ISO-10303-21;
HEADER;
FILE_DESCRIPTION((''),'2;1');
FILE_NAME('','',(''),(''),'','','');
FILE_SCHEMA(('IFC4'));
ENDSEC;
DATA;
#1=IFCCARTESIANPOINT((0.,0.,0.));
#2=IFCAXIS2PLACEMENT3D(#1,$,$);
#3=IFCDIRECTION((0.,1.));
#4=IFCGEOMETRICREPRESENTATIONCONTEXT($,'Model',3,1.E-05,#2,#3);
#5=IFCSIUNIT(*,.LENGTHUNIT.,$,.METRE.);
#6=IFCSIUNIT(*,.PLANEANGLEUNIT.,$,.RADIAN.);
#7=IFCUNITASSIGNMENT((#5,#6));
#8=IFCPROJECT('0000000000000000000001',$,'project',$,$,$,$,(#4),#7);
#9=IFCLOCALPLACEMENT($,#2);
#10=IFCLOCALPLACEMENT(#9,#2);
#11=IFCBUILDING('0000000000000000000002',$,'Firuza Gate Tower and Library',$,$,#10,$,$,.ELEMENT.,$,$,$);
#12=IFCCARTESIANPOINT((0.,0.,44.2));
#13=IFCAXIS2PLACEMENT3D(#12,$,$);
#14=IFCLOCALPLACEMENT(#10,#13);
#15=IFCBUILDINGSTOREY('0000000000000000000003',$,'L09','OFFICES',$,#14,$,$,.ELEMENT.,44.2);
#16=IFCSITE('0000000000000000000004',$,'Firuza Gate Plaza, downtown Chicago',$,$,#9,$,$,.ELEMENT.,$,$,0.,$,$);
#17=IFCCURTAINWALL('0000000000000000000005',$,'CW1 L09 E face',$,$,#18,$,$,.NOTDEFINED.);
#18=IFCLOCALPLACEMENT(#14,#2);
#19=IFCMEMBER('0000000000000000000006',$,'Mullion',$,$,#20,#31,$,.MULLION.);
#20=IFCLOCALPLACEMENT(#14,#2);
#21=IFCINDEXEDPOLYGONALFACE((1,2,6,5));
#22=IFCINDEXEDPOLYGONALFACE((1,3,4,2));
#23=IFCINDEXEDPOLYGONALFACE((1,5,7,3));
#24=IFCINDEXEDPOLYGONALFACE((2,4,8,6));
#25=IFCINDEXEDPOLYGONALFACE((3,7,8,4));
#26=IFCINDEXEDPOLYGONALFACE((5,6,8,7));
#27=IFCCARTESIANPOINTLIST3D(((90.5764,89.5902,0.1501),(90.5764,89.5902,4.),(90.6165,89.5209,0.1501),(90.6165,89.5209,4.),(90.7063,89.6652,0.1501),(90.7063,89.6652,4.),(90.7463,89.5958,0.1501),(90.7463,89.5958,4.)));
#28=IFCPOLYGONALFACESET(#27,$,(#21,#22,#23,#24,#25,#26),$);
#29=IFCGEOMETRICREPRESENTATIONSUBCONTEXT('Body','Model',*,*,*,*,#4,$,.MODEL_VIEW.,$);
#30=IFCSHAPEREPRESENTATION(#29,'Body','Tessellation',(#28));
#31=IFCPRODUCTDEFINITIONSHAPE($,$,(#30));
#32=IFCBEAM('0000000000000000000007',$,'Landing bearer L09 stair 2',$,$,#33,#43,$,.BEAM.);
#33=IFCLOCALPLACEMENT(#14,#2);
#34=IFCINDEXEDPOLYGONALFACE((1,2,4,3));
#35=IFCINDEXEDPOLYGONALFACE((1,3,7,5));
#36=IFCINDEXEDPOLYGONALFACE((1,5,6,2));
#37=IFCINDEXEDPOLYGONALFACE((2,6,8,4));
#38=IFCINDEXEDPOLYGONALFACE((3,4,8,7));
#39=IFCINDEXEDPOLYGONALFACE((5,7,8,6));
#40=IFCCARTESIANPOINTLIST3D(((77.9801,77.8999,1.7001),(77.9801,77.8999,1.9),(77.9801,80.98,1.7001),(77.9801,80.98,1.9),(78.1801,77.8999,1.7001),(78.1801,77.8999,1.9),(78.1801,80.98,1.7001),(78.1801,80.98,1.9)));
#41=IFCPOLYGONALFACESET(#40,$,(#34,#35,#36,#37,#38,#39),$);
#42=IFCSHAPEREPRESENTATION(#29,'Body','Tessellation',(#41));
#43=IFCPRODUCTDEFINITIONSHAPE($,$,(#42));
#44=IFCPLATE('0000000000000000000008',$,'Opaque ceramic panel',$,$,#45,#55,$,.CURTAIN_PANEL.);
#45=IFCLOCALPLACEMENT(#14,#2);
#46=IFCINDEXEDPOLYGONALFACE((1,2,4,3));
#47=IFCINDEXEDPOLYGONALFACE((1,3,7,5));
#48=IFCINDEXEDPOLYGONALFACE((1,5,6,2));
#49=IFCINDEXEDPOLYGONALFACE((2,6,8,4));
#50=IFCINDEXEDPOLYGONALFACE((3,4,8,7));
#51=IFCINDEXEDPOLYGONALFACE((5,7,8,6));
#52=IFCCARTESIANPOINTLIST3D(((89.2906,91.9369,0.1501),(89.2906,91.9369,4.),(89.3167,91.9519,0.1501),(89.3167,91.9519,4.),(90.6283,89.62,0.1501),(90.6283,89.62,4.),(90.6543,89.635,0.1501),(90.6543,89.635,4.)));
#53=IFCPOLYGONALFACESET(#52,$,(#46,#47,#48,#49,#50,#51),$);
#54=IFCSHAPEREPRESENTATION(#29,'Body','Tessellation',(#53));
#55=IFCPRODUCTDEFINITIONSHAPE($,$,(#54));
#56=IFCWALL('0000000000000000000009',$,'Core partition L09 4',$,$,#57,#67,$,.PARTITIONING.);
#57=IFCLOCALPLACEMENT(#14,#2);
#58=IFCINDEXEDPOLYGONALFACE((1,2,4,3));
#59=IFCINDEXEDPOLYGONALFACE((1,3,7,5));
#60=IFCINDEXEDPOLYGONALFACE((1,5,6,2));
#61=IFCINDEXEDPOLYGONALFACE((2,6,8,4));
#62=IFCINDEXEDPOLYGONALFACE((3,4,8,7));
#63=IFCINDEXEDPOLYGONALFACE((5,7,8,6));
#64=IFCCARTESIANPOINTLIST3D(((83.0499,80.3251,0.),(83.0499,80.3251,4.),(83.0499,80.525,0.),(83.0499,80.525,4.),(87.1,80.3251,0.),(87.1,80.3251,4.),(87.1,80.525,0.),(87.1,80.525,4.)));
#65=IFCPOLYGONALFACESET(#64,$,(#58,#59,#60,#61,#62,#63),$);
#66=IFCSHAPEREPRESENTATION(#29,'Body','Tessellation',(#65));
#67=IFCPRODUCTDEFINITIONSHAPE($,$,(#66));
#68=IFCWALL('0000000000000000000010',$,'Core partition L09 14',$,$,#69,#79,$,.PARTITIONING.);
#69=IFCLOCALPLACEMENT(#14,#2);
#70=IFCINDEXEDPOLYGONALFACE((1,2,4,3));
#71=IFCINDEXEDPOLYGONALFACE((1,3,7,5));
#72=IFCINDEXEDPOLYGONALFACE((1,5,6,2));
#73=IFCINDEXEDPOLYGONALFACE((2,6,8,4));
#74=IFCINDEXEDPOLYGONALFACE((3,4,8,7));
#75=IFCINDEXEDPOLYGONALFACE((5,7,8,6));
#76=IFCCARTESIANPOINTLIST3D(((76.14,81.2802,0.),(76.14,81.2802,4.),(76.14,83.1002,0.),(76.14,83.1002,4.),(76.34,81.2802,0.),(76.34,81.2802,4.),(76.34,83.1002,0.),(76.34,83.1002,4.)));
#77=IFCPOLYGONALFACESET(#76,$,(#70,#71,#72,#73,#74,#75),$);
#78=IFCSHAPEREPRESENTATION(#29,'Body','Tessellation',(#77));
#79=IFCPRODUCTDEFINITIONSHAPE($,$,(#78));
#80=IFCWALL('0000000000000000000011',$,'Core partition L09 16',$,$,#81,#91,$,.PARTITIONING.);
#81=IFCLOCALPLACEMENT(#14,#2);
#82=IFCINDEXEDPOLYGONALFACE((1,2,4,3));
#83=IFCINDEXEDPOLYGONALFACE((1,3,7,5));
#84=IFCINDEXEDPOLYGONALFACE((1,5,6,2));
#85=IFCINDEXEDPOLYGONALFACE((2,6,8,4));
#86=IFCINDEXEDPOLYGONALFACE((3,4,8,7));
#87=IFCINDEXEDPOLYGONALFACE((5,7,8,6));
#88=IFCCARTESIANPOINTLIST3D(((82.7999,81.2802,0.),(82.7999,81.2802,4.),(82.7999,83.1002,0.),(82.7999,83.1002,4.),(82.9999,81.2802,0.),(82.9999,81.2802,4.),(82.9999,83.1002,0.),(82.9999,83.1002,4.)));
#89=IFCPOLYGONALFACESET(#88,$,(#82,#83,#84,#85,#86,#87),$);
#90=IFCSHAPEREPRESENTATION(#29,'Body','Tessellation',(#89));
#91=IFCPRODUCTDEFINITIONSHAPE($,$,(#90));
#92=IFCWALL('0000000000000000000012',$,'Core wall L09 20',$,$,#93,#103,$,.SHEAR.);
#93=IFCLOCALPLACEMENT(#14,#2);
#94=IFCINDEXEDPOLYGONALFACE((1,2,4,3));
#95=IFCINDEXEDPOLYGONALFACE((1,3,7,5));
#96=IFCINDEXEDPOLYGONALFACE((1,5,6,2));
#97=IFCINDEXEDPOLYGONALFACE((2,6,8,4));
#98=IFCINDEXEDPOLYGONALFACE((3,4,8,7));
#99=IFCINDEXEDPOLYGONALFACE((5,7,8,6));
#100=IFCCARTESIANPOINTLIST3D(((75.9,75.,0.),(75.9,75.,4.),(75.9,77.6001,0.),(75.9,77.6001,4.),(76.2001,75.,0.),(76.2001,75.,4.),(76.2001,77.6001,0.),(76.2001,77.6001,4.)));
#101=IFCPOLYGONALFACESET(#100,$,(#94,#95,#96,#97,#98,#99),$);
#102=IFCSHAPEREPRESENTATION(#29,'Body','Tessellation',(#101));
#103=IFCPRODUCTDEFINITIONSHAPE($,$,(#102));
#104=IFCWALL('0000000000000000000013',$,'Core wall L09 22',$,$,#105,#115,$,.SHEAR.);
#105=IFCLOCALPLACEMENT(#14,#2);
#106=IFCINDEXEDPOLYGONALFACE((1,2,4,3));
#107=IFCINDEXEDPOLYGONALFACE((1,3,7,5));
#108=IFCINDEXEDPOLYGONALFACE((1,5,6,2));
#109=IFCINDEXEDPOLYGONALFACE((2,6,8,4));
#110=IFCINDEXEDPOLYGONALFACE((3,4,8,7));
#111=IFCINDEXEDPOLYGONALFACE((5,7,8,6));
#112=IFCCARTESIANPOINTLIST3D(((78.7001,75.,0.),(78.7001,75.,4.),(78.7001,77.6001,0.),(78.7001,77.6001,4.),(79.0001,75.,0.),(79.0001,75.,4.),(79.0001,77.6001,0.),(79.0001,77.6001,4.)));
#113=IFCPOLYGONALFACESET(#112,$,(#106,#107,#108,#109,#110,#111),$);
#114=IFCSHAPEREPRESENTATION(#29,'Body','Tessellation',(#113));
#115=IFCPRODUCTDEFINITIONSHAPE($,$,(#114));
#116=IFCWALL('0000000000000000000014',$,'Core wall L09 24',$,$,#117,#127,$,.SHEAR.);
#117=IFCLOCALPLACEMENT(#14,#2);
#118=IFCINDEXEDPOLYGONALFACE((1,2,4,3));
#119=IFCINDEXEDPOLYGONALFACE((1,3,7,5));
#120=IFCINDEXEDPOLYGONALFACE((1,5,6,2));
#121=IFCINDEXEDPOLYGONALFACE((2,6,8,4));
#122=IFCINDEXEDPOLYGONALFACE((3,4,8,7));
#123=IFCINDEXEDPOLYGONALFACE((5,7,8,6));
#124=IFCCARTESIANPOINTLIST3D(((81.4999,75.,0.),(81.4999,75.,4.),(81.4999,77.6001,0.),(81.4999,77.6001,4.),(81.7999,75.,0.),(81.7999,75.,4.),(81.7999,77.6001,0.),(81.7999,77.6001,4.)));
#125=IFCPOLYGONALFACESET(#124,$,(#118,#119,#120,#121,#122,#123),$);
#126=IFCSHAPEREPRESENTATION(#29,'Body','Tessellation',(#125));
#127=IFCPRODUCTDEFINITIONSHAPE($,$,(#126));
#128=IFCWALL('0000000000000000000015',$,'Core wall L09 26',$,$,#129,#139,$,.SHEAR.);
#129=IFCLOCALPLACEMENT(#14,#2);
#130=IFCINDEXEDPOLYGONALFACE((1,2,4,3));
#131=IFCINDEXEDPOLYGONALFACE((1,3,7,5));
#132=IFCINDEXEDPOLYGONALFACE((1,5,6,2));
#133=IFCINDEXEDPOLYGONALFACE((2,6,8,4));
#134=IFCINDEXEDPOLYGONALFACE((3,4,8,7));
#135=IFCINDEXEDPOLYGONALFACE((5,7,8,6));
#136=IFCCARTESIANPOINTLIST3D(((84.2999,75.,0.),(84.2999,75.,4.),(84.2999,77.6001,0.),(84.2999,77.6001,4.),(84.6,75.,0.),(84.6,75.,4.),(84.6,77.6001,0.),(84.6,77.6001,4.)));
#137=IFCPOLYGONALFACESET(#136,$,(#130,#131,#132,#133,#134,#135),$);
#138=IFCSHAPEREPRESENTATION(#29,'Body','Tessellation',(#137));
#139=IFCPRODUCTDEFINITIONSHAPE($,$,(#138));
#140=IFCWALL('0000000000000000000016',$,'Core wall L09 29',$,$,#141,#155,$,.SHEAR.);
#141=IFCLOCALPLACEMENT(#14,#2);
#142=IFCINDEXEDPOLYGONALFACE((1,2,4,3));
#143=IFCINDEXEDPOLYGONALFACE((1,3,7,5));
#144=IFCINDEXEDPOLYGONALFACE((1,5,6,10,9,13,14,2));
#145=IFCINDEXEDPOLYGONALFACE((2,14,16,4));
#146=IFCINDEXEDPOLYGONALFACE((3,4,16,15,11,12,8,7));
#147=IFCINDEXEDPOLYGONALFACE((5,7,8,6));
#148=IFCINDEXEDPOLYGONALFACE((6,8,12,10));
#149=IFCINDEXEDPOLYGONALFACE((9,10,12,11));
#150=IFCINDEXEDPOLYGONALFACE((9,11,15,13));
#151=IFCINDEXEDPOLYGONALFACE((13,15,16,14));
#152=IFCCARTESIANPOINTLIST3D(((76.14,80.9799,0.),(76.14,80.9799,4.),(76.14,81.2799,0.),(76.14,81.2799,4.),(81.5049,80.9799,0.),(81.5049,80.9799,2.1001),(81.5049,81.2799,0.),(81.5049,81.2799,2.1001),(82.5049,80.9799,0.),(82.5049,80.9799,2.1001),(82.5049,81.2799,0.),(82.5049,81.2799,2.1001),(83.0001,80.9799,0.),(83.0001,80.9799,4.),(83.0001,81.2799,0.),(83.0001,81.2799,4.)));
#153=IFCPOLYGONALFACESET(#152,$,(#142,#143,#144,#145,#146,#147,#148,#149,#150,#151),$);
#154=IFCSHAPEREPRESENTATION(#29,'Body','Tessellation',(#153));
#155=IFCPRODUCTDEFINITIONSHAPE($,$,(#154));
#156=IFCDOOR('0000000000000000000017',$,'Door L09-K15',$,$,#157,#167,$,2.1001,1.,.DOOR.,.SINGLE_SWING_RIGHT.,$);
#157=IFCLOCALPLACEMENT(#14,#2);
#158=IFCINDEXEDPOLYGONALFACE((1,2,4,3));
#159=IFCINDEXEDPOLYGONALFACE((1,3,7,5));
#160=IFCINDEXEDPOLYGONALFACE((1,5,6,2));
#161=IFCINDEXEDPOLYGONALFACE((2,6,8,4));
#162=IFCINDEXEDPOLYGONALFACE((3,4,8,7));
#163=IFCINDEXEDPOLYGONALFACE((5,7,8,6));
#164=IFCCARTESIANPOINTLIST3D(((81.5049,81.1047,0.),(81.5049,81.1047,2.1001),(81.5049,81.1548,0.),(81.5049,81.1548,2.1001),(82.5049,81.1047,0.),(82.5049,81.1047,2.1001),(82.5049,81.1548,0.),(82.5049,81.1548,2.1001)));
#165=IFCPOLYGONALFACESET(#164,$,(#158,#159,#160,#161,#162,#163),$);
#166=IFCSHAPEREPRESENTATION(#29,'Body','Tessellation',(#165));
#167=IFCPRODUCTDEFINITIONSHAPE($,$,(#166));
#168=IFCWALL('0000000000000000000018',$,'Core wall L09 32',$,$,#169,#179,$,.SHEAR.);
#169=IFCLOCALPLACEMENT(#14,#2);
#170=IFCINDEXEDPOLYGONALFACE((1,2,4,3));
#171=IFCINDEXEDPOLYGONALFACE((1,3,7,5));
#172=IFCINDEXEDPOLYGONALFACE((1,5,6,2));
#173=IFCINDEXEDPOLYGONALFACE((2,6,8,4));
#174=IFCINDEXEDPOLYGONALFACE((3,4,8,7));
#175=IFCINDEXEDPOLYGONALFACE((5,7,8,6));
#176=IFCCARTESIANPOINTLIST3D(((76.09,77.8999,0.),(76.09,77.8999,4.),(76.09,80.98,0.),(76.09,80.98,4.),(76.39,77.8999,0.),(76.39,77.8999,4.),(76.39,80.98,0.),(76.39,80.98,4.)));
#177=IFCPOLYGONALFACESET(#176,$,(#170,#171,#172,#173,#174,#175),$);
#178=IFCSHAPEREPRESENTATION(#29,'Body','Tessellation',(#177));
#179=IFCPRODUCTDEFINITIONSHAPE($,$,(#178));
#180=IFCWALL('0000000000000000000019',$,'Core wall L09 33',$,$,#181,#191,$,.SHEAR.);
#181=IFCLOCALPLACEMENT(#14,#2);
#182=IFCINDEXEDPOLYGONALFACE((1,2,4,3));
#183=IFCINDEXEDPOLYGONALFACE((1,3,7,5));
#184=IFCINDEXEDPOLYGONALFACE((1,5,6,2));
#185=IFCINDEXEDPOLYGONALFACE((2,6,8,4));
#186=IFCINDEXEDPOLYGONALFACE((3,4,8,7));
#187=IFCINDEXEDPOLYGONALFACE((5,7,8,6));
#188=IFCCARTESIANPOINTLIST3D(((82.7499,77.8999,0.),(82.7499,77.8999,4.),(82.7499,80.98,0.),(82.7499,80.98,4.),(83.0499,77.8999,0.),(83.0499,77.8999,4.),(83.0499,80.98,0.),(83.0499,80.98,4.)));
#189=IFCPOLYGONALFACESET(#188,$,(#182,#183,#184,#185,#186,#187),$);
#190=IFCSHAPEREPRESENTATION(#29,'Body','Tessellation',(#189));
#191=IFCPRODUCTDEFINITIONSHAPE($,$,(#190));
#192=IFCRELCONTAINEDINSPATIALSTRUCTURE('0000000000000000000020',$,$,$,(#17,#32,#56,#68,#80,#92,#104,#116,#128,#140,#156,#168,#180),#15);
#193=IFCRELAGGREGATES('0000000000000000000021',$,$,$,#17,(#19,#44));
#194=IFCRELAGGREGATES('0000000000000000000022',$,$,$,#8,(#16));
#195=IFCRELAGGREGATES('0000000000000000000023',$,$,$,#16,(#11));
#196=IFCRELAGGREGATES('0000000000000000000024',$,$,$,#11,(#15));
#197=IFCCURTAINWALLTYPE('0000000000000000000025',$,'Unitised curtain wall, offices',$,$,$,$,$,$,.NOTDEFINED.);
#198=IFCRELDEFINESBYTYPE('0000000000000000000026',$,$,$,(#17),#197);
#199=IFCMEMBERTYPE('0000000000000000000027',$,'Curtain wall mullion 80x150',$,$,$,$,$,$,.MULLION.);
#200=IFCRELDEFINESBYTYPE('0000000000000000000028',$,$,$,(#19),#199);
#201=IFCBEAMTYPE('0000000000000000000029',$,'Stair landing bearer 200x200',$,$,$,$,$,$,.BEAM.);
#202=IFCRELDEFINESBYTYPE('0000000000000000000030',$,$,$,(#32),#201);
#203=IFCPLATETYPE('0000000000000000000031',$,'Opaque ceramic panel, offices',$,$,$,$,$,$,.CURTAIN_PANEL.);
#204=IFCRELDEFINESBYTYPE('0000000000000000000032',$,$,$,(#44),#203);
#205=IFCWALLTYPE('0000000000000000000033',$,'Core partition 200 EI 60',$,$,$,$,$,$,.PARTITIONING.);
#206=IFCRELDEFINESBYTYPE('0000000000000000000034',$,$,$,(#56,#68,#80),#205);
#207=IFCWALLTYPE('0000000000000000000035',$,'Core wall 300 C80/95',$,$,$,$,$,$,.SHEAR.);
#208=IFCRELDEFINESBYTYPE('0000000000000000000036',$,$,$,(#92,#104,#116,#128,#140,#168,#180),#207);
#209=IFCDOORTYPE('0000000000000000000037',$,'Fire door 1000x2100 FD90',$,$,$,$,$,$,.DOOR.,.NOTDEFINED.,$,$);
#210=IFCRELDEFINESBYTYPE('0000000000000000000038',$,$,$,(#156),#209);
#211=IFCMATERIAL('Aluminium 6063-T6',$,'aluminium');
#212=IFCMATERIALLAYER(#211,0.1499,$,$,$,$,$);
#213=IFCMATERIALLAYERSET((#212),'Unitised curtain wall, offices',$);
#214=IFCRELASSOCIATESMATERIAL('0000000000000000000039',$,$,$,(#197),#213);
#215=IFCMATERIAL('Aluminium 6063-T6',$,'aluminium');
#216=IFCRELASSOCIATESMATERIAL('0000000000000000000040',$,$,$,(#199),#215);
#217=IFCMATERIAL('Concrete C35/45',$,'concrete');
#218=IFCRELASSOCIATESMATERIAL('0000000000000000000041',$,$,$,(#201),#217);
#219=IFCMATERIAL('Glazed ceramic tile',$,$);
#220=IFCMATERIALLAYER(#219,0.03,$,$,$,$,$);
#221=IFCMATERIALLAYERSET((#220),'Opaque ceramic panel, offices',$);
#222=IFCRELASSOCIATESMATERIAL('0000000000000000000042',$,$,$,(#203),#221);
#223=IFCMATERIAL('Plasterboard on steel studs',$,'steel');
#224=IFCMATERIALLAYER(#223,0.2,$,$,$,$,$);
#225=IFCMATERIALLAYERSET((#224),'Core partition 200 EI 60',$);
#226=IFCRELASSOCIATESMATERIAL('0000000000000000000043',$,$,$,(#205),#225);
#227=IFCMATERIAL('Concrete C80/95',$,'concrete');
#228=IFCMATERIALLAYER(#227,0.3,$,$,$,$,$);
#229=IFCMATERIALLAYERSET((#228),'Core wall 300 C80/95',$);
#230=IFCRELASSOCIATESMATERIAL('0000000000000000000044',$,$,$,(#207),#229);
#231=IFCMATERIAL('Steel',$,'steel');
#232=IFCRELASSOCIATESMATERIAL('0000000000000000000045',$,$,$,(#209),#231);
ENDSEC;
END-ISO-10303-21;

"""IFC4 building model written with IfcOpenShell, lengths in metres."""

from ifc_helpers import new_model, si_unit, direction, frame, frame_2d, origin, origin_2d, place, context, subcontext, project, spatial, polyline, rectangle, outline, extrude, material, layer, layer_set, material_profile, profile_set, type_object, element, fill, aggregate, save


model = new_model("IFC4")

# Units and contexts
model_context = context("Model", 3, precision=1e-05, world=origin(), true_north=direction((0.0, 1.0)))
body_context = subcontext(model_context, "Body", "Model", "MODEL_VIEW")
ifc_project = project(units=[si_unit("LENGTHUNIT", "METRE"), si_unit("PLANEANGLEUNIT", "RADIAN")], contexts=[model_context])

# Site, building, storey
site_placement = place(None, origin())
site = spatial("IfcSite", under=ifc_project, at=site_placement, Name="Firuza Gate Plaza, downtown Chicago", CompositionType="ELEMENT", RefElevation=0.0)
building_placement = place(site_placement, origin())
building = spatial("IfcBuilding", under=site, at=building_placement, Name="Firuza Gate Tower and Library", CompositionType="ELEMENT")
storey_placement = place(building_placement, frame((0.0, 0.0, 44.2)))
storey = spatial("IfcBuildingStorey", under=building, at=storey_placement, Name="L09", Description="OFFICES", CompositionType="ELEMENT", Elevation=44.2)

# Curtain wall, member
ifc_material_1 = material(Name="Aluminium 6063-T6", Category="aluminium")
ifc_layer_1 = layer(ifc_material_1, 0.1499)
ifc_layer_set_1 = layer_set([ifc_layer_1], Name="Unitised curtain wall, offices")
curtain_wall_type = type_object("IfcCurtainWallType", Name="Unitised curtain wall, offices", PredefinedType="NOTDEFINED", material=ifc_layer_set_1)
placement = place(storey_placement, origin())
curtain_wall = element("IfcCurtainWall", 1, at=placement, inside=storey, type_object=curtain_wall_type, Name="CW1 L09 E face", PredefinedType="NOTDEFINED")
ifc_material_2 = material(Name="Aluminium 6063-T6", Category="aluminium")
ifc_material_profile_1 = material_profile(ifc_material_2, rectangle(XDim=0.1499, YDim=0.0801, at=origin_2d()))
ifc_profile_set_1 = profile_set([ifc_material_profile_1], Name="Aluminium 6063-T6")
member_type = type_object("IfcMemberType", Name="Curtain wall mullion 80x150", PredefinedType="MULLION", material=ifc_profile_set_1)
member_placement = place(storey_placement, frame((90.6614, 89.593, 0.1501), z_axis=(0.0, 0.0, 1.0), x_axis=(-0.866025, -0.5, 0.0)))
member = element("IfcMember", 2, at=member_placement, type_object=member_type, Name="Mullion", PredefinedType="MULLION", context=body_context, shape_type="SweptSolid", body=[
    extrude(rectangle(XDim=0.1499, YDim=0.0801, at=origin_2d()), origin(), (0.0, 0.0, 1.0), 3.8499),
])

# Beam
ifc_material_3 = material(Name="Concrete C35/45", Category="concrete")
ifc_material_profile_2 = material_profile(ifc_material_3, rectangle(XDim=0.2, YDim=0.2, at=origin_2d()))
ifc_profile_set_2 = profile_set([ifc_material_profile_2], Name="Concrete C35/45")
beam_type = type_object("IfcBeamType", Name="Stair landing bearer 200x200", PredefinedType="BEAM", material=ifc_profile_set_2)
beam_placement = place(storey_placement, frame((78.0801, 80.98, 1.8), z_axis=(0.0, -1.0, 0.0), x_axis=(1.0, 0.0, 0.0)))
element("IfcBeam", 3, at=beam_placement, inside=storey, type_object=beam_type, Name="Landing bearer L09 stair 2", PredefinedType="BEAM", context=body_context, shape_type="SweptSolid", body=[
    extrude(rectangle(XDim=0.2, YDim=0.2, at=origin_2d()), origin(), (0.0, 0.0, 1.0), 3.0801),
])

# Plate
ifc_material_4 = material(Name="Glazed ceramic tile")
ifc_layer_2 = layer(ifc_material_4, 0.03)
ifc_layer_set_2 = layer_set([ifc_layer_2], Name="Opaque ceramic panel, offices")
plate_type = type_object("IfcPlateType", Name="Opaque ceramic panel, offices", PredefinedType="CURTAIN_PANEL", material=ifc_layer_set_2)
plate_placement = place(storey_placement, frame((90.6543, 89.635, 0.1501), z_axis=(0.866028, 0.499996, 0.0), x_axis=(-0.499996, 0.866028, 0.0)))
plate = element("IfcPlate", 4, at=plate_placement, type_object=plate_type, Name="Opaque ceramic panel", PredefinedType="CURTAIN_PANEL", context=body_context, shape_type="SweptSolid", body=[
    extrude(outline(polyline([(0.0, 0.0), (2.6753, 0.0), (2.6753, 3.8499), (0.0, 3.8499), (0.0, 0.0)])), origin(), (0.0, 0.0, -1.0), 0.03),
])
aggregate(curtain_wall, [member, plate])

# Walls
ifc_material_5 = material(Name="Plasterboard on steel studs", Category="steel")
ifc_layer_3 = layer(ifc_material_5, 0.2)
ifc_layer_set_3 = layer_set([ifc_layer_3], Name="Core partition 200 EI 60")
wall_type_1 = type_object("IfcWallType", Name="Core partition 200 EI 60", PredefinedType="PARTITIONING", material=ifc_layer_set_3)
wall_1_placement = place(storey_placement, frame((83.05, 80.425, 0.0), z_axis=(0.0, 0.0, 1.0), x_axis=(1.0, 0.0, 0.0)))
element("IfcWall", 5, at=wall_1_placement, inside=storey, type_object=wall_type_1, Name="Core partition L09 4", PredefinedType="PARTITIONING", context=body_context, shape_type="SweptSolid", body=[
    extrude(rectangle(XDim=4.05, YDim=0.2, at=frame_2d((2.0249, 0.0))), origin(), (0.0, 0.0, 1.0), 4.0),
])
for number, where, z_axis, x_axis, name in (
    (6, (76.24, 81.28, 0.0), (0.0, 0.0, 1.0), (0.0, 1.0, 0.0), "Core partition L09 14"),
    (7, (82.8999, 81.28, 0.0), (0.0, 0.0, 1.0), (0.0, 1.0, 0.0), "Core partition L09 16"),
):
    element("IfcWall", number, at=place(storey_placement, frame(where, z_axis=z_axis, x_axis=x_axis)), inside=storey, type_object=wall_type_1, Name=name, PredefinedType="PARTITIONING", context=body_context, shape_type="SweptSolid", body=[
        extrude(rectangle(XDim=1.8201, YDim=0.2, at=frame_2d((0.9102, 0.0))), origin(), (0.0, 0.0, 1.0), 4.0),
    ])
ifc_material_6 = material(Name="Concrete C80/95", Category="concrete")
ifc_layer_4 = layer(ifc_material_6, 0.3)
ifc_layer_set_4 = layer_set([ifc_layer_4], Name="Core wall 300 C80/95")
wall_type_2 = type_object("IfcWallType", Name="Core wall 300 C80/95", PredefinedType="SHEAR", material=ifc_layer_set_4)
for number, where, z_axis, x_axis, name in (
    (8, (76.05, 75.0, 0.0), (0.0, 0.0, 1.0), (0.0, 1.0, 0.0), "Core wall L09 20"),
    (9, (78.8501, 75.0, 0.0), (0.0, 0.0, 1.0), (0.0, 1.0, 0.0), "Core wall L09 22"),
    (10, (81.6499, 75.0, 0.0), (0.0, 0.0, 1.0), (0.0, 1.0, 0.0), "Core wall L09 24"),
    (11, (84.45, 75.0, 0.0), (0.0, 0.0, 1.0), (0.0, 1.0, 0.0), "Core wall L09 26"),
):
    element("IfcWall", number, at=place(storey_placement, frame(where, z_axis=z_axis, x_axis=x_axis)), inside=storey, type_object=wall_type_2, Name=name, PredefinedType="SHEAR", context=body_context, shape_type="SweptSolid", body=[
        extrude(rectangle(XDim=2.6001, YDim=0.3, at=frame_2d((1.3, 0.0))), origin(), (0.0, 0.0, 1.0), 4.0),
    ])

# Wall, opening, door
wall_2_placement = place(storey_placement, frame((76.1399, 81.1299, 0.0), z_axis=(0.0, 0.0, 1.0), x_axis=(1.0, 0.0, 0.0)))
wall_2 = element("IfcWall", 12, at=wall_2_placement, inside=storey, type_object=wall_type_2, Name="Core wall L09 29", PredefinedType="SHEAR", context=body_context, shape_type="SweptSolid", body=[
    extrude(rectangle(XDim=6.8601, YDim=0.3, at=frame_2d((3.4302, 0.0))), origin(), (0.0, 0.0, 1.0), 4.0),
])
opening_1_placement = place(wall_2_placement, frame((5.365, 0.0, 0.0)))
opening_1 = element("IfcOpeningElement", 13, at=opening_1_placement, cuts=wall_2, PredefinedType="OPENING", context=body_context, shape_type="SweptSolid", body=[
    extrude(rectangle(XDim=1.0, YDim=2.1001, at=frame_2d((0.5, 1.05))), frame((0.0, 0.1602, 0.0), z_axis=(0.0, -1.0, 0.0), x_axis=(1.0, 0.0, 0.0)), (0.0, 0.0, 1.0), 0.3201),
])
ifc_material_7 = material(Name="Steel", Category="steel")
door_type_1 = type_object("IfcDoorType", Name="Fire door 1000x2100 FD90", OperationType="NOTDEFINED", PredefinedType="DOOR", material=ifc_material_7)
door_1_placement = place(opening_1_placement, origin())
door_1 = element("IfcDoor", 14, at=door_1_placement, inside=storey, type_object=door_type_1, Name="Door L09-K15", OperationType="SINGLE_SWING_RIGHT", OverallHeight=2.1001, OverallWidth=1.0, PredefinedType="DOOR", context=body_context, shape_type="SweptSolid", body=[
    extrude(rectangle(XDim=1.0, YDim=2.1001, at=frame_2d((0.5, 1.05))), frame((0.0, 0.0249, 0.0), z_axis=(0.0, -1.0, 0.0), x_axis=(1.0, 0.0, 0.0)), (0.0, 0.0, 1.0), 0.05),
])
fill(opening_1, door_1)

# Walls
for number, where, z_axis, x_axis, name in (
    (15, (76.24, 77.8999, 0.0), (0.0, 0.0, 1.0), (0.0, 1.0, 0.0), "Core wall L09 32"),
    (16, (82.8999, 77.8999, 0.0), (0.0, 0.0, 1.0), (0.0, 1.0, 0.0), "Core wall L09 33"),
):
    element("IfcWall", number, at=place(storey_placement, frame(where, z_axis=z_axis, x_axis=x_axis)), inside=storey, type_object=wall_type_2, Name=name, PredefinedType="SHEAR", context=body_context, shape_type="SweptSolid", body=[
        extrude(rectangle(XDim=3.0801, YDim=0.3, at=frame_2d((1.54, 0.0))), origin(), (0.0, 0.0, 1.0), 4.0),
    ])

save(model, "model.ifc")
